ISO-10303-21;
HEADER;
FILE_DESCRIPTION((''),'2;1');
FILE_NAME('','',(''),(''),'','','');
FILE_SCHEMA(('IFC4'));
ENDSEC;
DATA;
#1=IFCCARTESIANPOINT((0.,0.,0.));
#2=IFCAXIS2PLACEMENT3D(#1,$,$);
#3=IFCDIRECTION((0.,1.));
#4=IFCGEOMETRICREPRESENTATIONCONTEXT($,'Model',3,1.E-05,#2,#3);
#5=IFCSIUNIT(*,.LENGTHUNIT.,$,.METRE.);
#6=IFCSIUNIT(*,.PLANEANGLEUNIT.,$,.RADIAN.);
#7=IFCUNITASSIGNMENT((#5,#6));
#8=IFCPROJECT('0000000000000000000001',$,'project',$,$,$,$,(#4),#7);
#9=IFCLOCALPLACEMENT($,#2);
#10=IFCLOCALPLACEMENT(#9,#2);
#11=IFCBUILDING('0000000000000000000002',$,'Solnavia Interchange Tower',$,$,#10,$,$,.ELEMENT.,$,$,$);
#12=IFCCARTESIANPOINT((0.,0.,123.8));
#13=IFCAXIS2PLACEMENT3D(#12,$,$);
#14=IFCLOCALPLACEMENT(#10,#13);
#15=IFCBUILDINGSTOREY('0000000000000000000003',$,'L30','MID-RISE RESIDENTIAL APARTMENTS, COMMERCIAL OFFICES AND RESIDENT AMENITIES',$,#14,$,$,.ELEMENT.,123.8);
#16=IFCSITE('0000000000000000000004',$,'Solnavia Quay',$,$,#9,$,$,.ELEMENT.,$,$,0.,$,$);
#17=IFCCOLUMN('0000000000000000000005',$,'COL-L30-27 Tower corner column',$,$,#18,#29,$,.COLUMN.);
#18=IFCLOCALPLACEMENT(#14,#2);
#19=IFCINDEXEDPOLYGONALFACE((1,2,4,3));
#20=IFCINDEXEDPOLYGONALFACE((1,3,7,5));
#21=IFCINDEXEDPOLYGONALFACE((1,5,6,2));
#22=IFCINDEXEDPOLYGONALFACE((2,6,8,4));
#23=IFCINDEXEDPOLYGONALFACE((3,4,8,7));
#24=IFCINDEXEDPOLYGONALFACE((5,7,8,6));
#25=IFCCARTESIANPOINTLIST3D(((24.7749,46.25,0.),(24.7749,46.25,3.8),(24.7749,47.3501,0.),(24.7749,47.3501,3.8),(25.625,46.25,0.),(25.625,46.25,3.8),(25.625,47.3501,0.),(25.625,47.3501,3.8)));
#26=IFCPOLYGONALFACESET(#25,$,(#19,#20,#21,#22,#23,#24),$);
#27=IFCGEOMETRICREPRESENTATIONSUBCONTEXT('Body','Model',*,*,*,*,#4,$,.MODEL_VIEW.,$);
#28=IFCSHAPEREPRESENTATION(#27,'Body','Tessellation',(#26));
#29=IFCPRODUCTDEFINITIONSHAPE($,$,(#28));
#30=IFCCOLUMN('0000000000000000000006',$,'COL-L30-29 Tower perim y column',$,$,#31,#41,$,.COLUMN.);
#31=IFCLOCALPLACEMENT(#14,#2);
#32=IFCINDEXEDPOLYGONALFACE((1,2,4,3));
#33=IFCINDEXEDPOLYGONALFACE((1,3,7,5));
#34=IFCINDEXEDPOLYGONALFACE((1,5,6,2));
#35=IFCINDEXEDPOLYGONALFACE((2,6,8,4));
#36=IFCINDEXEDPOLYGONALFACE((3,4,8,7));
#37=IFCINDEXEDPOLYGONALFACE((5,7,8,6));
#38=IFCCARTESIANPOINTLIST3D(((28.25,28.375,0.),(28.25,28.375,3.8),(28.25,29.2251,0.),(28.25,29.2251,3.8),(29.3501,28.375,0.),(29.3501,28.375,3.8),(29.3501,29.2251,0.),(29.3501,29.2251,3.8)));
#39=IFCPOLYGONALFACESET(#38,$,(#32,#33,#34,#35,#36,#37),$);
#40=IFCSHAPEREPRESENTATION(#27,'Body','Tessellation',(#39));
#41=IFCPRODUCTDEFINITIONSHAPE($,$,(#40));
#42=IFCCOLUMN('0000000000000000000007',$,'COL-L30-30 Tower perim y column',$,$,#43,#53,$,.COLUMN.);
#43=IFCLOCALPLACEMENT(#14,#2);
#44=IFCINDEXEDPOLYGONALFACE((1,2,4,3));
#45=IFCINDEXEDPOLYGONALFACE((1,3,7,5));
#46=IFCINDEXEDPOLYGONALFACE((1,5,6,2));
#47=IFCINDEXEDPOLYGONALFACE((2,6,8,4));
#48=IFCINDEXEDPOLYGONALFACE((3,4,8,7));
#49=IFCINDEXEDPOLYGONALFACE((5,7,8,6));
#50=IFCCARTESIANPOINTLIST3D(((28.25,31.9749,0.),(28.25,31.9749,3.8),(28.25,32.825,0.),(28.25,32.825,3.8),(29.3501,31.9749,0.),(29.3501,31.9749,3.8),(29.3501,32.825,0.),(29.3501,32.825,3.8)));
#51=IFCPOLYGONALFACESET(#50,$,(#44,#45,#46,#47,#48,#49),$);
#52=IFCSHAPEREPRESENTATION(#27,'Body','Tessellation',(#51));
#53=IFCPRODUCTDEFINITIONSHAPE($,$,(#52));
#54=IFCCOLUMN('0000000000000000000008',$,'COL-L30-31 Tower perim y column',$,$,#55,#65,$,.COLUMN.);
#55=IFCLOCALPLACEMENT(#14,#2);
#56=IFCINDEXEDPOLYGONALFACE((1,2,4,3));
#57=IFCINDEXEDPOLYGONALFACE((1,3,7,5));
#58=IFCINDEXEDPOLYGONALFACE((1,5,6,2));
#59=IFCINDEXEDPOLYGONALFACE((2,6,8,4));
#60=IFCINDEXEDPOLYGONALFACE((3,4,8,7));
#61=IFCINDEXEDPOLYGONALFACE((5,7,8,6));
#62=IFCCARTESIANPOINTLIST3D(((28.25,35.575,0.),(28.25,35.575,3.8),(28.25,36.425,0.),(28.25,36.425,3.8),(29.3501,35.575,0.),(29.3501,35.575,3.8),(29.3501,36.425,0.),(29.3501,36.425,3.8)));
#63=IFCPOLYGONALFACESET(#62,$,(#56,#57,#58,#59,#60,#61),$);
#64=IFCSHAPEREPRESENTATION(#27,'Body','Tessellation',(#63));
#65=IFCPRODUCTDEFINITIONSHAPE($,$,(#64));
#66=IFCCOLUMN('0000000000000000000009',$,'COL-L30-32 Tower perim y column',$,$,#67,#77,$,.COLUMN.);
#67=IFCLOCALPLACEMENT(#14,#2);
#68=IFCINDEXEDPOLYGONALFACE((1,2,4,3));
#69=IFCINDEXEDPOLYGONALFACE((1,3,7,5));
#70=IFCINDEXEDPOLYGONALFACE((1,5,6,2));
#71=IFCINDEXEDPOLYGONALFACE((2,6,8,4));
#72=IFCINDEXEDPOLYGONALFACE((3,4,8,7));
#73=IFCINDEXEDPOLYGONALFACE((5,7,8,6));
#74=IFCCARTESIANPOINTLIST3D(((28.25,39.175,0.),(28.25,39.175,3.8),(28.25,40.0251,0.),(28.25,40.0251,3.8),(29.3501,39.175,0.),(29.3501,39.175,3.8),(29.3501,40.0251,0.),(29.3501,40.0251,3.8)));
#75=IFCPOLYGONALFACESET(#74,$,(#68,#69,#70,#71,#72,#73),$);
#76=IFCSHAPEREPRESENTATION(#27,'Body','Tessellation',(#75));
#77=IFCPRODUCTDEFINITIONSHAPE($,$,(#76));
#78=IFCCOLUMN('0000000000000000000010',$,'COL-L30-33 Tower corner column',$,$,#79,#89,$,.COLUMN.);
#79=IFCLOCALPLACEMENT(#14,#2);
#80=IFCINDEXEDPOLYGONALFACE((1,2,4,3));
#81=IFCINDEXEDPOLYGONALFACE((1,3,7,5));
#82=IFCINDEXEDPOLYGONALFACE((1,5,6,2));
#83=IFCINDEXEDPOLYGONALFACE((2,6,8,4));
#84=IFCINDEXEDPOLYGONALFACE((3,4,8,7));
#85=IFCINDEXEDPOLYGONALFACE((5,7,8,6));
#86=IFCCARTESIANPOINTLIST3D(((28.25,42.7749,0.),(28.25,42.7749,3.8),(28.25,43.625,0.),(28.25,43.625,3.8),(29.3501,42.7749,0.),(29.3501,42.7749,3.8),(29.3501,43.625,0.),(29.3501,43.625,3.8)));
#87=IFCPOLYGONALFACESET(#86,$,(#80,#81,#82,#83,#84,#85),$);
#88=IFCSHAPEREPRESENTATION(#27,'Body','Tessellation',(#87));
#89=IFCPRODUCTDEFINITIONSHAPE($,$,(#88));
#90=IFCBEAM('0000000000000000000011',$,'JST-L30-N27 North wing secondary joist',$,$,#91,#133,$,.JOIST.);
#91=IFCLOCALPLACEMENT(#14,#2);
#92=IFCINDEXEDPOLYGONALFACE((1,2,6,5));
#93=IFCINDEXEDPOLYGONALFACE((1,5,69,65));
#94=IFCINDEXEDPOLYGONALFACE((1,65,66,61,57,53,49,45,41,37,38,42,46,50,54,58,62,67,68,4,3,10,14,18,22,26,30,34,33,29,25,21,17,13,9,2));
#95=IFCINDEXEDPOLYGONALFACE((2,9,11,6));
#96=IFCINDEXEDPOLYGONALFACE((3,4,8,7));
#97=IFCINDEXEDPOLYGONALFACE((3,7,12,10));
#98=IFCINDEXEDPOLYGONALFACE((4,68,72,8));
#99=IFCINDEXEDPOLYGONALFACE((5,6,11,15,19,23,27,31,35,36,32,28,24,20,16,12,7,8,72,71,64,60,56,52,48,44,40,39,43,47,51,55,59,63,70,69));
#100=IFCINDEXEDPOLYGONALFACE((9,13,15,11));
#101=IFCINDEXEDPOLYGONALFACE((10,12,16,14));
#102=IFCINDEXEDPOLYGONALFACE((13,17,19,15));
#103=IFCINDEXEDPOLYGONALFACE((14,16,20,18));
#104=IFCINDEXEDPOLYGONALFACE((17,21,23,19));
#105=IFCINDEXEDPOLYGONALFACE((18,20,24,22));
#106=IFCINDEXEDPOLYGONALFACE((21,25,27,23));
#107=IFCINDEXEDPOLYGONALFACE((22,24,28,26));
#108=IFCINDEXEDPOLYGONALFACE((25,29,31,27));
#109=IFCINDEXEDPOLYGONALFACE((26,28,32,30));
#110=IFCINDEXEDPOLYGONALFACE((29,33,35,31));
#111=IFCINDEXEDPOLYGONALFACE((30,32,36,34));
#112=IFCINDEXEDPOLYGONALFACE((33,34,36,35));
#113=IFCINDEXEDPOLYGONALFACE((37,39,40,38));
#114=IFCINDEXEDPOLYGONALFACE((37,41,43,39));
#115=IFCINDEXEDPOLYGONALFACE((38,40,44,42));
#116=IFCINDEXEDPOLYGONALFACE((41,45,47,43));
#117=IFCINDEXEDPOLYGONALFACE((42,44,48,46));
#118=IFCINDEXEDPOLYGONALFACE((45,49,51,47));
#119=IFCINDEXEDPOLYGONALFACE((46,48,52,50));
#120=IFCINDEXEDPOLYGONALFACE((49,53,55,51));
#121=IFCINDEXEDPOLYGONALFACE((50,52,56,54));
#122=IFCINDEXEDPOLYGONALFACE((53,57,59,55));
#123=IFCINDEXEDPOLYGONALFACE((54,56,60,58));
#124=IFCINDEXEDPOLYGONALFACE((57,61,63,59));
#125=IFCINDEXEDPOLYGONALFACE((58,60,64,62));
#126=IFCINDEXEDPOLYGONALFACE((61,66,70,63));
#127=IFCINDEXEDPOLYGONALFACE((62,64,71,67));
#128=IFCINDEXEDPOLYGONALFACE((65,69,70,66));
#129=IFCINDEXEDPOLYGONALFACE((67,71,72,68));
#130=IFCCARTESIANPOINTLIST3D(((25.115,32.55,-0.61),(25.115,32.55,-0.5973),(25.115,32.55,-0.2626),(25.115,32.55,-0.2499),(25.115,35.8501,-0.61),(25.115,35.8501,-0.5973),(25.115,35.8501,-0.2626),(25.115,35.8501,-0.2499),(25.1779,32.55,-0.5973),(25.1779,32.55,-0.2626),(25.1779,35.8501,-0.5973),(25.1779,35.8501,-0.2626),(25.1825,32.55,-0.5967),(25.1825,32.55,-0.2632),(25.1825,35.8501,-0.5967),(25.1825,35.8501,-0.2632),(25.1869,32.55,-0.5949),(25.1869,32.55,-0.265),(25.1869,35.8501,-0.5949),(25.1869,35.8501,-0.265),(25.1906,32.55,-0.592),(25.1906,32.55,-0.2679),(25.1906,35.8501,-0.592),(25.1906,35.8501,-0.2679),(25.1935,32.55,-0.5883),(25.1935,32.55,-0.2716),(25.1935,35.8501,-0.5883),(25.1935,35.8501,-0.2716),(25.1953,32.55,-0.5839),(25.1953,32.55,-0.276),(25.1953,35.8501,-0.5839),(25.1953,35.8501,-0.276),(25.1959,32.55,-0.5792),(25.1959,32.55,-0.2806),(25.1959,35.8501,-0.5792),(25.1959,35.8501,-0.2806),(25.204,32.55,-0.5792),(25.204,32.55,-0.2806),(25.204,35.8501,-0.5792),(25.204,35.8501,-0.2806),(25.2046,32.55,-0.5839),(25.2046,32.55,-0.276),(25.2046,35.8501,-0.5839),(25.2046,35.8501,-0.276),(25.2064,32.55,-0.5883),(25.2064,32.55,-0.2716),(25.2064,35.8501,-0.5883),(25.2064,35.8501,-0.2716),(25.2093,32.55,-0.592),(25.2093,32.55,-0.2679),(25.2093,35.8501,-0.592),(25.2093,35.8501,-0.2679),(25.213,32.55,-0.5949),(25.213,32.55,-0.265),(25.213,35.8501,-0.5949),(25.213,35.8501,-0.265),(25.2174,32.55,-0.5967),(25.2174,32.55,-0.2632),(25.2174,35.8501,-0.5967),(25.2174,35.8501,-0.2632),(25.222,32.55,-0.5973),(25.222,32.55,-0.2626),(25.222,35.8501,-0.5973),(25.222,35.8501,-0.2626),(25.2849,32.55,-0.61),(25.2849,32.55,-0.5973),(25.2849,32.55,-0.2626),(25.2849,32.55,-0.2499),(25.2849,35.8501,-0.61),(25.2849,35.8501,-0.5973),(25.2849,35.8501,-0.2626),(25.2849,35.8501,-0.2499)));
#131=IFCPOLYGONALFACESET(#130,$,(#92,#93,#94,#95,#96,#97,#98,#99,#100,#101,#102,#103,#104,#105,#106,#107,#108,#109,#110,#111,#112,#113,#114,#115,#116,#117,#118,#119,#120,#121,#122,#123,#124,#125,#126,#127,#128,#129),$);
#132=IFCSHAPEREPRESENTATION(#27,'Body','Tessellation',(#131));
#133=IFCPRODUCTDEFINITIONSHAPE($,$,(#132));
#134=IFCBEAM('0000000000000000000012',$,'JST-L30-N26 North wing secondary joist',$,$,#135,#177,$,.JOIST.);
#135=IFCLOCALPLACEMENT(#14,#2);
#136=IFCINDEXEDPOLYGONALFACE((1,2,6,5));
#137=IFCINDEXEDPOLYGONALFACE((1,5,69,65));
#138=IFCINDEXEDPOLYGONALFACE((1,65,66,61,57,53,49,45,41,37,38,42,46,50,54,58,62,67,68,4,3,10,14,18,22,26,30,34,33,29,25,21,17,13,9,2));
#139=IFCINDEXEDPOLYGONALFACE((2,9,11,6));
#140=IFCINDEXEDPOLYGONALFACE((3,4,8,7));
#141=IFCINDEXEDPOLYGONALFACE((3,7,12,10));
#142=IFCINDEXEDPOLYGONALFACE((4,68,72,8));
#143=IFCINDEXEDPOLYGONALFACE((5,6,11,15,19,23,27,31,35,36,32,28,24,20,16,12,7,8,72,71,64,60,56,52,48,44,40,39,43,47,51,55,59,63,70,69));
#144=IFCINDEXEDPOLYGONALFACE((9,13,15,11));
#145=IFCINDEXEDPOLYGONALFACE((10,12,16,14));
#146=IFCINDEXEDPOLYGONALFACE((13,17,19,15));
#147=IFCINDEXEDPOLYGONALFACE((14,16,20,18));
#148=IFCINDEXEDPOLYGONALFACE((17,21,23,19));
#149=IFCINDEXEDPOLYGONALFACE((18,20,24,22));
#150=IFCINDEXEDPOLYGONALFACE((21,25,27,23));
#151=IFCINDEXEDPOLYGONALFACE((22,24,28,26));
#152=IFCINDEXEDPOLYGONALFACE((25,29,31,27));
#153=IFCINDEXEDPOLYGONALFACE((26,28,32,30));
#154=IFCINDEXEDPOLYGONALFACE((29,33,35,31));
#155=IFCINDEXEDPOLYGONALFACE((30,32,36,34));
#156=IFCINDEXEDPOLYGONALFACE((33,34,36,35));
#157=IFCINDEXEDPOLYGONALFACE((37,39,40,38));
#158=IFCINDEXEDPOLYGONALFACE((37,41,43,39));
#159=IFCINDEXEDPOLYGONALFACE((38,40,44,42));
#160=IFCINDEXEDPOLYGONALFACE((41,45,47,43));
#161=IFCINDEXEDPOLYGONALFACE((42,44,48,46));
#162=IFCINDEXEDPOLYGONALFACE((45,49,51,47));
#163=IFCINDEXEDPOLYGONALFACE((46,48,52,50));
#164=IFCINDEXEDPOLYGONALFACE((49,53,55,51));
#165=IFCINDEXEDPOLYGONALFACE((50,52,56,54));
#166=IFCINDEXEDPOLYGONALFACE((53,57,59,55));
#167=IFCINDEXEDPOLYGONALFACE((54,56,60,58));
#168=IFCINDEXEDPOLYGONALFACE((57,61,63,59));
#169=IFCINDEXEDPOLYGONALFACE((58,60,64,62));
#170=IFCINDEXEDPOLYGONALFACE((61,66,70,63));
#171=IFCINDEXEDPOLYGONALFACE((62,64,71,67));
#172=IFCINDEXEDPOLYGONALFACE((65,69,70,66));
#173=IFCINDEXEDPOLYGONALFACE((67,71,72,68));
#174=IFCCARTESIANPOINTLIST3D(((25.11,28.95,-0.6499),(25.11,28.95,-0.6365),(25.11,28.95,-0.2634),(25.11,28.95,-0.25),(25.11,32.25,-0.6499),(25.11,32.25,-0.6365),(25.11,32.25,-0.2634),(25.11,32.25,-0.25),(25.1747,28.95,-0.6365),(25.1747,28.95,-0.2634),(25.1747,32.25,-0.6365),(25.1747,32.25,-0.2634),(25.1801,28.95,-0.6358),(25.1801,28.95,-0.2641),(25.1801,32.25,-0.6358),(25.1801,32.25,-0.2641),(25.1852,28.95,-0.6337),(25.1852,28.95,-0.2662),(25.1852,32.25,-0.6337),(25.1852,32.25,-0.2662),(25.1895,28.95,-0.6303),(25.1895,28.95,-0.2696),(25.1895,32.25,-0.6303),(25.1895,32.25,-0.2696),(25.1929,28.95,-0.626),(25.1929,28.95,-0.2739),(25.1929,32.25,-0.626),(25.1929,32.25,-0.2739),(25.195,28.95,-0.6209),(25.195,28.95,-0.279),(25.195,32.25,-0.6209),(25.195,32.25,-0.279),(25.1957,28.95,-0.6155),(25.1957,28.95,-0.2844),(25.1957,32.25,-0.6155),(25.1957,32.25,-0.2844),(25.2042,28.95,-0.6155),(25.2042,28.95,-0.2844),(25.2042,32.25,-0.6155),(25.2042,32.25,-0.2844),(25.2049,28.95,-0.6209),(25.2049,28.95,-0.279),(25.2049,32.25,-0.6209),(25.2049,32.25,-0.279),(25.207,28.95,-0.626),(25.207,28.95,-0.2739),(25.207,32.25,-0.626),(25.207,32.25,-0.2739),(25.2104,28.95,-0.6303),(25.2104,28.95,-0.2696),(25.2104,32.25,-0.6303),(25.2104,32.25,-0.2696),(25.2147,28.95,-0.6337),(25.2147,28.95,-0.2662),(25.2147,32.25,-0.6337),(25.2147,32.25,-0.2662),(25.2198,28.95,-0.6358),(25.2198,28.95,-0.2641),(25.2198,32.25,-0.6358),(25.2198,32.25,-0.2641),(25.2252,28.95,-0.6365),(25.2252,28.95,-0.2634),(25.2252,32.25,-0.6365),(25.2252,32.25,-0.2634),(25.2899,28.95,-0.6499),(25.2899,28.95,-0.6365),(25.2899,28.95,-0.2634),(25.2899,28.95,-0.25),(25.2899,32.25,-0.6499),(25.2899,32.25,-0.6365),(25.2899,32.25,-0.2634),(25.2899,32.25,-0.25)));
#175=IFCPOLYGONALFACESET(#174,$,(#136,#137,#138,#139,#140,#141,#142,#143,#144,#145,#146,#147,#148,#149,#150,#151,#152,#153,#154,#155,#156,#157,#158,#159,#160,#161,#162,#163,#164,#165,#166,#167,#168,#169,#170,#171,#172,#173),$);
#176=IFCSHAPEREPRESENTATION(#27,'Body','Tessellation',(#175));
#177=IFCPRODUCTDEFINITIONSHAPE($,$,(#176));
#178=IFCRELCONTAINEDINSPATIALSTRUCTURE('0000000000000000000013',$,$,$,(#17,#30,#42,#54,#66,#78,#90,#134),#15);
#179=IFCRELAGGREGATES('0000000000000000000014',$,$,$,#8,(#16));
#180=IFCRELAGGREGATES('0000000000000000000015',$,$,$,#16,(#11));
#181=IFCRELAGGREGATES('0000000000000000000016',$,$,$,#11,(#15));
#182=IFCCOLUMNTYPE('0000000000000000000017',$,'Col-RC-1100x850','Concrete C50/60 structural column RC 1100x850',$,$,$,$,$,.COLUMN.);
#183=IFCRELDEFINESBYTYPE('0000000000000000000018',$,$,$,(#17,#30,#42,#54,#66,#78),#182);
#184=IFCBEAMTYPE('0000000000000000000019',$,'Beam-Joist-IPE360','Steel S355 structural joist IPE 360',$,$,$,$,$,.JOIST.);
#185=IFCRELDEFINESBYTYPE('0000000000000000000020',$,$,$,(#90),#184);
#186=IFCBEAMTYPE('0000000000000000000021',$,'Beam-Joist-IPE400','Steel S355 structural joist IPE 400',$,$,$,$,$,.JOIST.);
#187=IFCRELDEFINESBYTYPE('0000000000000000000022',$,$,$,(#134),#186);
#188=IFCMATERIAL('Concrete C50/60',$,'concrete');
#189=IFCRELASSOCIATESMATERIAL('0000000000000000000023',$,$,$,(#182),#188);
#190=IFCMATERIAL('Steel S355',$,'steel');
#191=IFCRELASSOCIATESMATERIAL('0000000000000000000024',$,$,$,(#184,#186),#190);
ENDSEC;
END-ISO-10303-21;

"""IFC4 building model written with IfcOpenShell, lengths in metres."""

from ifc_helpers import new_model, si_unit, direction, frame, origin, origin_2d, place, context, subcontext, project, spatial, rectangle, i_section, extrude, material, material_profile, profile_set, type_object, element, save


model = new_model("IFC4")

# Units and contexts
model_context = context("Model", 3, precision=1e-05, world=origin(), true_north=direction((0.0, 1.0)))
body_context = subcontext(model_context, "Body", "Model", "MODEL_VIEW")
ifc_project = project(units=[si_unit("LENGTHUNIT", "METRE"), si_unit("PLANEANGLEUNIT", "RADIAN")], contexts=[model_context])

# Site, building, storey
site_placement = place(None, origin())
site = spatial("IfcSite", under=ifc_project, at=site_placement, Name="Solnavia Quay", CompositionType="ELEMENT", RefElevation=0.0)
building_placement = place(site_placement, origin())
building = spatial("IfcBuilding", under=site, at=building_placement, Name="Solnavia Interchange Tower", CompositionType="ELEMENT")
storey_placement = place(building_placement, frame((0.0, 0.0, 123.8)))
storey = spatial("IfcBuildingStorey", under=building, at=storey_placement, Name="L30", Description="MID-RISE RESIDENTIAL APARTMENTS, COMMERCIAL OFFICES AND RESIDENT AMENITIES", CompositionType="ELEMENT", Elevation=123.8)

# Columns
ifc_material_1 = material(Name="Concrete C50/60", Category="concrete")
ifc_material_profile_1 = material_profile(ifc_material_1, rectangle(XDim=0.8501, YDim=1.1001, at=origin_2d()), Name="RC 1100x850")
ifc_profile_set_1 = profile_set([ifc_material_profile_1], Name="Concrete C50/60")
column_type = type_object("IfcColumnType", Name="Col-RC-1100x850", Description="Concrete C50/60 structural column RC 1100x850", PredefinedType="COLUMN", material=ifc_profile_set_1)
for number, where, z_axis, x_axis, name in (
    (1, (25.2, 46.8, 0.0), (0.0, 0.0, 1.0), (1.0, 0.0, 0.0), "COL-L30-27 Tower corner column"),
    (2, (28.8, 28.8, 0.0), (0.0, 0.0, 1.0), (0.0, 1.0, 0.0), "COL-L30-29 Tower perim y column"),
    (3, (28.8, 32.3999, 0.0), (0.0, 0.0, 1.0), (0.0, 1.0, 0.0), "COL-L30-30 Tower perim y column"),
    (4, (28.8, 36.0, 0.0), (0.0, 0.0, 1.0), (0.0, 1.0, 0.0), "COL-L30-31 Tower perim y column"),
    (5, (28.8, 39.6001, 0.0), (0.0, 0.0, 1.0), (0.0, 1.0, 0.0), "COL-L30-32 Tower perim y column"),
    (6, (28.8, 43.2, 0.0), (0.0, 0.0, 1.0), (0.0, 1.0, 0.0), "COL-L30-33 Tower corner column"),
):
    element("IfcColumn", number, at=place(storey_placement, frame(where, z_axis=z_axis, x_axis=x_axis)), inside=storey, type_object=column_type, Name=name, PredefinedType="COLUMN", context=body_context, shape_type="SweptSolid", body=[
        extrude(rectangle(XDim=0.8501, YDim=1.1001, at=origin_2d()), origin(), (0.0, 0.0, 1.0), 3.8),
    ])

# Beams
ifc_material_2 = material(Name="Steel S355", Category="steel")
ifc_material_profile_2 = material_profile(ifc_material_2, i_section(OverallWidth=0.1699, OverallDepth=0.3601, WebThickness=0.0081, FlangeThickness=0.0127, FilletRadius=0.0181, at=origin_2d()), Name="IPE 360")
ifc_profile_set_2 = profile_set([ifc_material_profile_2], Name="Steel S355")
beam_type_1 = type_object("IfcBeamType", Name="Beam-Joist-IPE360", Description="Steel S355 structural joist IPE 360", PredefinedType="JOIST", material=ifc_profile_set_2)
beam_1_placement = place(storey_placement, frame((25.2, 32.55, -0.4299), z_axis=(0.0, 1.0, 0.0), x_axis=(-1.0, 0.0, 0.0)))
element("IfcBeam", 7, at=beam_1_placement, inside=storey, type_object=beam_type_1, Name="JST-L30-N27 North wing secondary joist", PredefinedType="JOIST", context=body_context, shape_type="SweptSolid", body=[
    extrude(i_section(OverallWidth=0.1699, OverallDepth=0.3601, WebThickness=0.0081, FlangeThickness=0.0127, FilletRadius=0.0181, at=origin_2d()), origin(), (0.0, 0.0, 1.0), 3.3),
])
ifc_material_profile_3 = material_profile(ifc_material_2, i_section(OverallWidth=0.1799, OverallDepth=0.3999, WebThickness=0.0085, FlangeThickness=0.0134, FilletRadius=0.021, at=origin_2d()), Name="IPE 400")
ifc_profile_set_3 = profile_set([ifc_material_profile_3], Name="Steel S355")
beam_type_2 = type_object("IfcBeamType", Name="Beam-Joist-IPE400", Description="Steel S355 structural joist IPE 400", PredefinedType="JOIST", material=ifc_profile_set_3)
beam_2_placement = place(storey_placement, frame((25.2, 28.95, -0.45), z_axis=(0.0, 1.0, 0.0), x_axis=(-1.0, 0.0, 0.0)))
element("IfcBeam", 8, at=beam_2_placement, inside=storey, type_object=beam_type_2, Name="JST-L30-N26 North wing secondary joist", PredefinedType="JOIST", context=body_context, shape_type="SweptSolid", body=[
    extrude(i_section(OverallWidth=0.1799, OverallDepth=0.3999, WebThickness=0.0085, FlangeThickness=0.0134, FilletRadius=0.021, at=origin_2d()), origin(), (0.0, 0.0, 1.0), 3.3),
])

save(model, "model.ifc")
